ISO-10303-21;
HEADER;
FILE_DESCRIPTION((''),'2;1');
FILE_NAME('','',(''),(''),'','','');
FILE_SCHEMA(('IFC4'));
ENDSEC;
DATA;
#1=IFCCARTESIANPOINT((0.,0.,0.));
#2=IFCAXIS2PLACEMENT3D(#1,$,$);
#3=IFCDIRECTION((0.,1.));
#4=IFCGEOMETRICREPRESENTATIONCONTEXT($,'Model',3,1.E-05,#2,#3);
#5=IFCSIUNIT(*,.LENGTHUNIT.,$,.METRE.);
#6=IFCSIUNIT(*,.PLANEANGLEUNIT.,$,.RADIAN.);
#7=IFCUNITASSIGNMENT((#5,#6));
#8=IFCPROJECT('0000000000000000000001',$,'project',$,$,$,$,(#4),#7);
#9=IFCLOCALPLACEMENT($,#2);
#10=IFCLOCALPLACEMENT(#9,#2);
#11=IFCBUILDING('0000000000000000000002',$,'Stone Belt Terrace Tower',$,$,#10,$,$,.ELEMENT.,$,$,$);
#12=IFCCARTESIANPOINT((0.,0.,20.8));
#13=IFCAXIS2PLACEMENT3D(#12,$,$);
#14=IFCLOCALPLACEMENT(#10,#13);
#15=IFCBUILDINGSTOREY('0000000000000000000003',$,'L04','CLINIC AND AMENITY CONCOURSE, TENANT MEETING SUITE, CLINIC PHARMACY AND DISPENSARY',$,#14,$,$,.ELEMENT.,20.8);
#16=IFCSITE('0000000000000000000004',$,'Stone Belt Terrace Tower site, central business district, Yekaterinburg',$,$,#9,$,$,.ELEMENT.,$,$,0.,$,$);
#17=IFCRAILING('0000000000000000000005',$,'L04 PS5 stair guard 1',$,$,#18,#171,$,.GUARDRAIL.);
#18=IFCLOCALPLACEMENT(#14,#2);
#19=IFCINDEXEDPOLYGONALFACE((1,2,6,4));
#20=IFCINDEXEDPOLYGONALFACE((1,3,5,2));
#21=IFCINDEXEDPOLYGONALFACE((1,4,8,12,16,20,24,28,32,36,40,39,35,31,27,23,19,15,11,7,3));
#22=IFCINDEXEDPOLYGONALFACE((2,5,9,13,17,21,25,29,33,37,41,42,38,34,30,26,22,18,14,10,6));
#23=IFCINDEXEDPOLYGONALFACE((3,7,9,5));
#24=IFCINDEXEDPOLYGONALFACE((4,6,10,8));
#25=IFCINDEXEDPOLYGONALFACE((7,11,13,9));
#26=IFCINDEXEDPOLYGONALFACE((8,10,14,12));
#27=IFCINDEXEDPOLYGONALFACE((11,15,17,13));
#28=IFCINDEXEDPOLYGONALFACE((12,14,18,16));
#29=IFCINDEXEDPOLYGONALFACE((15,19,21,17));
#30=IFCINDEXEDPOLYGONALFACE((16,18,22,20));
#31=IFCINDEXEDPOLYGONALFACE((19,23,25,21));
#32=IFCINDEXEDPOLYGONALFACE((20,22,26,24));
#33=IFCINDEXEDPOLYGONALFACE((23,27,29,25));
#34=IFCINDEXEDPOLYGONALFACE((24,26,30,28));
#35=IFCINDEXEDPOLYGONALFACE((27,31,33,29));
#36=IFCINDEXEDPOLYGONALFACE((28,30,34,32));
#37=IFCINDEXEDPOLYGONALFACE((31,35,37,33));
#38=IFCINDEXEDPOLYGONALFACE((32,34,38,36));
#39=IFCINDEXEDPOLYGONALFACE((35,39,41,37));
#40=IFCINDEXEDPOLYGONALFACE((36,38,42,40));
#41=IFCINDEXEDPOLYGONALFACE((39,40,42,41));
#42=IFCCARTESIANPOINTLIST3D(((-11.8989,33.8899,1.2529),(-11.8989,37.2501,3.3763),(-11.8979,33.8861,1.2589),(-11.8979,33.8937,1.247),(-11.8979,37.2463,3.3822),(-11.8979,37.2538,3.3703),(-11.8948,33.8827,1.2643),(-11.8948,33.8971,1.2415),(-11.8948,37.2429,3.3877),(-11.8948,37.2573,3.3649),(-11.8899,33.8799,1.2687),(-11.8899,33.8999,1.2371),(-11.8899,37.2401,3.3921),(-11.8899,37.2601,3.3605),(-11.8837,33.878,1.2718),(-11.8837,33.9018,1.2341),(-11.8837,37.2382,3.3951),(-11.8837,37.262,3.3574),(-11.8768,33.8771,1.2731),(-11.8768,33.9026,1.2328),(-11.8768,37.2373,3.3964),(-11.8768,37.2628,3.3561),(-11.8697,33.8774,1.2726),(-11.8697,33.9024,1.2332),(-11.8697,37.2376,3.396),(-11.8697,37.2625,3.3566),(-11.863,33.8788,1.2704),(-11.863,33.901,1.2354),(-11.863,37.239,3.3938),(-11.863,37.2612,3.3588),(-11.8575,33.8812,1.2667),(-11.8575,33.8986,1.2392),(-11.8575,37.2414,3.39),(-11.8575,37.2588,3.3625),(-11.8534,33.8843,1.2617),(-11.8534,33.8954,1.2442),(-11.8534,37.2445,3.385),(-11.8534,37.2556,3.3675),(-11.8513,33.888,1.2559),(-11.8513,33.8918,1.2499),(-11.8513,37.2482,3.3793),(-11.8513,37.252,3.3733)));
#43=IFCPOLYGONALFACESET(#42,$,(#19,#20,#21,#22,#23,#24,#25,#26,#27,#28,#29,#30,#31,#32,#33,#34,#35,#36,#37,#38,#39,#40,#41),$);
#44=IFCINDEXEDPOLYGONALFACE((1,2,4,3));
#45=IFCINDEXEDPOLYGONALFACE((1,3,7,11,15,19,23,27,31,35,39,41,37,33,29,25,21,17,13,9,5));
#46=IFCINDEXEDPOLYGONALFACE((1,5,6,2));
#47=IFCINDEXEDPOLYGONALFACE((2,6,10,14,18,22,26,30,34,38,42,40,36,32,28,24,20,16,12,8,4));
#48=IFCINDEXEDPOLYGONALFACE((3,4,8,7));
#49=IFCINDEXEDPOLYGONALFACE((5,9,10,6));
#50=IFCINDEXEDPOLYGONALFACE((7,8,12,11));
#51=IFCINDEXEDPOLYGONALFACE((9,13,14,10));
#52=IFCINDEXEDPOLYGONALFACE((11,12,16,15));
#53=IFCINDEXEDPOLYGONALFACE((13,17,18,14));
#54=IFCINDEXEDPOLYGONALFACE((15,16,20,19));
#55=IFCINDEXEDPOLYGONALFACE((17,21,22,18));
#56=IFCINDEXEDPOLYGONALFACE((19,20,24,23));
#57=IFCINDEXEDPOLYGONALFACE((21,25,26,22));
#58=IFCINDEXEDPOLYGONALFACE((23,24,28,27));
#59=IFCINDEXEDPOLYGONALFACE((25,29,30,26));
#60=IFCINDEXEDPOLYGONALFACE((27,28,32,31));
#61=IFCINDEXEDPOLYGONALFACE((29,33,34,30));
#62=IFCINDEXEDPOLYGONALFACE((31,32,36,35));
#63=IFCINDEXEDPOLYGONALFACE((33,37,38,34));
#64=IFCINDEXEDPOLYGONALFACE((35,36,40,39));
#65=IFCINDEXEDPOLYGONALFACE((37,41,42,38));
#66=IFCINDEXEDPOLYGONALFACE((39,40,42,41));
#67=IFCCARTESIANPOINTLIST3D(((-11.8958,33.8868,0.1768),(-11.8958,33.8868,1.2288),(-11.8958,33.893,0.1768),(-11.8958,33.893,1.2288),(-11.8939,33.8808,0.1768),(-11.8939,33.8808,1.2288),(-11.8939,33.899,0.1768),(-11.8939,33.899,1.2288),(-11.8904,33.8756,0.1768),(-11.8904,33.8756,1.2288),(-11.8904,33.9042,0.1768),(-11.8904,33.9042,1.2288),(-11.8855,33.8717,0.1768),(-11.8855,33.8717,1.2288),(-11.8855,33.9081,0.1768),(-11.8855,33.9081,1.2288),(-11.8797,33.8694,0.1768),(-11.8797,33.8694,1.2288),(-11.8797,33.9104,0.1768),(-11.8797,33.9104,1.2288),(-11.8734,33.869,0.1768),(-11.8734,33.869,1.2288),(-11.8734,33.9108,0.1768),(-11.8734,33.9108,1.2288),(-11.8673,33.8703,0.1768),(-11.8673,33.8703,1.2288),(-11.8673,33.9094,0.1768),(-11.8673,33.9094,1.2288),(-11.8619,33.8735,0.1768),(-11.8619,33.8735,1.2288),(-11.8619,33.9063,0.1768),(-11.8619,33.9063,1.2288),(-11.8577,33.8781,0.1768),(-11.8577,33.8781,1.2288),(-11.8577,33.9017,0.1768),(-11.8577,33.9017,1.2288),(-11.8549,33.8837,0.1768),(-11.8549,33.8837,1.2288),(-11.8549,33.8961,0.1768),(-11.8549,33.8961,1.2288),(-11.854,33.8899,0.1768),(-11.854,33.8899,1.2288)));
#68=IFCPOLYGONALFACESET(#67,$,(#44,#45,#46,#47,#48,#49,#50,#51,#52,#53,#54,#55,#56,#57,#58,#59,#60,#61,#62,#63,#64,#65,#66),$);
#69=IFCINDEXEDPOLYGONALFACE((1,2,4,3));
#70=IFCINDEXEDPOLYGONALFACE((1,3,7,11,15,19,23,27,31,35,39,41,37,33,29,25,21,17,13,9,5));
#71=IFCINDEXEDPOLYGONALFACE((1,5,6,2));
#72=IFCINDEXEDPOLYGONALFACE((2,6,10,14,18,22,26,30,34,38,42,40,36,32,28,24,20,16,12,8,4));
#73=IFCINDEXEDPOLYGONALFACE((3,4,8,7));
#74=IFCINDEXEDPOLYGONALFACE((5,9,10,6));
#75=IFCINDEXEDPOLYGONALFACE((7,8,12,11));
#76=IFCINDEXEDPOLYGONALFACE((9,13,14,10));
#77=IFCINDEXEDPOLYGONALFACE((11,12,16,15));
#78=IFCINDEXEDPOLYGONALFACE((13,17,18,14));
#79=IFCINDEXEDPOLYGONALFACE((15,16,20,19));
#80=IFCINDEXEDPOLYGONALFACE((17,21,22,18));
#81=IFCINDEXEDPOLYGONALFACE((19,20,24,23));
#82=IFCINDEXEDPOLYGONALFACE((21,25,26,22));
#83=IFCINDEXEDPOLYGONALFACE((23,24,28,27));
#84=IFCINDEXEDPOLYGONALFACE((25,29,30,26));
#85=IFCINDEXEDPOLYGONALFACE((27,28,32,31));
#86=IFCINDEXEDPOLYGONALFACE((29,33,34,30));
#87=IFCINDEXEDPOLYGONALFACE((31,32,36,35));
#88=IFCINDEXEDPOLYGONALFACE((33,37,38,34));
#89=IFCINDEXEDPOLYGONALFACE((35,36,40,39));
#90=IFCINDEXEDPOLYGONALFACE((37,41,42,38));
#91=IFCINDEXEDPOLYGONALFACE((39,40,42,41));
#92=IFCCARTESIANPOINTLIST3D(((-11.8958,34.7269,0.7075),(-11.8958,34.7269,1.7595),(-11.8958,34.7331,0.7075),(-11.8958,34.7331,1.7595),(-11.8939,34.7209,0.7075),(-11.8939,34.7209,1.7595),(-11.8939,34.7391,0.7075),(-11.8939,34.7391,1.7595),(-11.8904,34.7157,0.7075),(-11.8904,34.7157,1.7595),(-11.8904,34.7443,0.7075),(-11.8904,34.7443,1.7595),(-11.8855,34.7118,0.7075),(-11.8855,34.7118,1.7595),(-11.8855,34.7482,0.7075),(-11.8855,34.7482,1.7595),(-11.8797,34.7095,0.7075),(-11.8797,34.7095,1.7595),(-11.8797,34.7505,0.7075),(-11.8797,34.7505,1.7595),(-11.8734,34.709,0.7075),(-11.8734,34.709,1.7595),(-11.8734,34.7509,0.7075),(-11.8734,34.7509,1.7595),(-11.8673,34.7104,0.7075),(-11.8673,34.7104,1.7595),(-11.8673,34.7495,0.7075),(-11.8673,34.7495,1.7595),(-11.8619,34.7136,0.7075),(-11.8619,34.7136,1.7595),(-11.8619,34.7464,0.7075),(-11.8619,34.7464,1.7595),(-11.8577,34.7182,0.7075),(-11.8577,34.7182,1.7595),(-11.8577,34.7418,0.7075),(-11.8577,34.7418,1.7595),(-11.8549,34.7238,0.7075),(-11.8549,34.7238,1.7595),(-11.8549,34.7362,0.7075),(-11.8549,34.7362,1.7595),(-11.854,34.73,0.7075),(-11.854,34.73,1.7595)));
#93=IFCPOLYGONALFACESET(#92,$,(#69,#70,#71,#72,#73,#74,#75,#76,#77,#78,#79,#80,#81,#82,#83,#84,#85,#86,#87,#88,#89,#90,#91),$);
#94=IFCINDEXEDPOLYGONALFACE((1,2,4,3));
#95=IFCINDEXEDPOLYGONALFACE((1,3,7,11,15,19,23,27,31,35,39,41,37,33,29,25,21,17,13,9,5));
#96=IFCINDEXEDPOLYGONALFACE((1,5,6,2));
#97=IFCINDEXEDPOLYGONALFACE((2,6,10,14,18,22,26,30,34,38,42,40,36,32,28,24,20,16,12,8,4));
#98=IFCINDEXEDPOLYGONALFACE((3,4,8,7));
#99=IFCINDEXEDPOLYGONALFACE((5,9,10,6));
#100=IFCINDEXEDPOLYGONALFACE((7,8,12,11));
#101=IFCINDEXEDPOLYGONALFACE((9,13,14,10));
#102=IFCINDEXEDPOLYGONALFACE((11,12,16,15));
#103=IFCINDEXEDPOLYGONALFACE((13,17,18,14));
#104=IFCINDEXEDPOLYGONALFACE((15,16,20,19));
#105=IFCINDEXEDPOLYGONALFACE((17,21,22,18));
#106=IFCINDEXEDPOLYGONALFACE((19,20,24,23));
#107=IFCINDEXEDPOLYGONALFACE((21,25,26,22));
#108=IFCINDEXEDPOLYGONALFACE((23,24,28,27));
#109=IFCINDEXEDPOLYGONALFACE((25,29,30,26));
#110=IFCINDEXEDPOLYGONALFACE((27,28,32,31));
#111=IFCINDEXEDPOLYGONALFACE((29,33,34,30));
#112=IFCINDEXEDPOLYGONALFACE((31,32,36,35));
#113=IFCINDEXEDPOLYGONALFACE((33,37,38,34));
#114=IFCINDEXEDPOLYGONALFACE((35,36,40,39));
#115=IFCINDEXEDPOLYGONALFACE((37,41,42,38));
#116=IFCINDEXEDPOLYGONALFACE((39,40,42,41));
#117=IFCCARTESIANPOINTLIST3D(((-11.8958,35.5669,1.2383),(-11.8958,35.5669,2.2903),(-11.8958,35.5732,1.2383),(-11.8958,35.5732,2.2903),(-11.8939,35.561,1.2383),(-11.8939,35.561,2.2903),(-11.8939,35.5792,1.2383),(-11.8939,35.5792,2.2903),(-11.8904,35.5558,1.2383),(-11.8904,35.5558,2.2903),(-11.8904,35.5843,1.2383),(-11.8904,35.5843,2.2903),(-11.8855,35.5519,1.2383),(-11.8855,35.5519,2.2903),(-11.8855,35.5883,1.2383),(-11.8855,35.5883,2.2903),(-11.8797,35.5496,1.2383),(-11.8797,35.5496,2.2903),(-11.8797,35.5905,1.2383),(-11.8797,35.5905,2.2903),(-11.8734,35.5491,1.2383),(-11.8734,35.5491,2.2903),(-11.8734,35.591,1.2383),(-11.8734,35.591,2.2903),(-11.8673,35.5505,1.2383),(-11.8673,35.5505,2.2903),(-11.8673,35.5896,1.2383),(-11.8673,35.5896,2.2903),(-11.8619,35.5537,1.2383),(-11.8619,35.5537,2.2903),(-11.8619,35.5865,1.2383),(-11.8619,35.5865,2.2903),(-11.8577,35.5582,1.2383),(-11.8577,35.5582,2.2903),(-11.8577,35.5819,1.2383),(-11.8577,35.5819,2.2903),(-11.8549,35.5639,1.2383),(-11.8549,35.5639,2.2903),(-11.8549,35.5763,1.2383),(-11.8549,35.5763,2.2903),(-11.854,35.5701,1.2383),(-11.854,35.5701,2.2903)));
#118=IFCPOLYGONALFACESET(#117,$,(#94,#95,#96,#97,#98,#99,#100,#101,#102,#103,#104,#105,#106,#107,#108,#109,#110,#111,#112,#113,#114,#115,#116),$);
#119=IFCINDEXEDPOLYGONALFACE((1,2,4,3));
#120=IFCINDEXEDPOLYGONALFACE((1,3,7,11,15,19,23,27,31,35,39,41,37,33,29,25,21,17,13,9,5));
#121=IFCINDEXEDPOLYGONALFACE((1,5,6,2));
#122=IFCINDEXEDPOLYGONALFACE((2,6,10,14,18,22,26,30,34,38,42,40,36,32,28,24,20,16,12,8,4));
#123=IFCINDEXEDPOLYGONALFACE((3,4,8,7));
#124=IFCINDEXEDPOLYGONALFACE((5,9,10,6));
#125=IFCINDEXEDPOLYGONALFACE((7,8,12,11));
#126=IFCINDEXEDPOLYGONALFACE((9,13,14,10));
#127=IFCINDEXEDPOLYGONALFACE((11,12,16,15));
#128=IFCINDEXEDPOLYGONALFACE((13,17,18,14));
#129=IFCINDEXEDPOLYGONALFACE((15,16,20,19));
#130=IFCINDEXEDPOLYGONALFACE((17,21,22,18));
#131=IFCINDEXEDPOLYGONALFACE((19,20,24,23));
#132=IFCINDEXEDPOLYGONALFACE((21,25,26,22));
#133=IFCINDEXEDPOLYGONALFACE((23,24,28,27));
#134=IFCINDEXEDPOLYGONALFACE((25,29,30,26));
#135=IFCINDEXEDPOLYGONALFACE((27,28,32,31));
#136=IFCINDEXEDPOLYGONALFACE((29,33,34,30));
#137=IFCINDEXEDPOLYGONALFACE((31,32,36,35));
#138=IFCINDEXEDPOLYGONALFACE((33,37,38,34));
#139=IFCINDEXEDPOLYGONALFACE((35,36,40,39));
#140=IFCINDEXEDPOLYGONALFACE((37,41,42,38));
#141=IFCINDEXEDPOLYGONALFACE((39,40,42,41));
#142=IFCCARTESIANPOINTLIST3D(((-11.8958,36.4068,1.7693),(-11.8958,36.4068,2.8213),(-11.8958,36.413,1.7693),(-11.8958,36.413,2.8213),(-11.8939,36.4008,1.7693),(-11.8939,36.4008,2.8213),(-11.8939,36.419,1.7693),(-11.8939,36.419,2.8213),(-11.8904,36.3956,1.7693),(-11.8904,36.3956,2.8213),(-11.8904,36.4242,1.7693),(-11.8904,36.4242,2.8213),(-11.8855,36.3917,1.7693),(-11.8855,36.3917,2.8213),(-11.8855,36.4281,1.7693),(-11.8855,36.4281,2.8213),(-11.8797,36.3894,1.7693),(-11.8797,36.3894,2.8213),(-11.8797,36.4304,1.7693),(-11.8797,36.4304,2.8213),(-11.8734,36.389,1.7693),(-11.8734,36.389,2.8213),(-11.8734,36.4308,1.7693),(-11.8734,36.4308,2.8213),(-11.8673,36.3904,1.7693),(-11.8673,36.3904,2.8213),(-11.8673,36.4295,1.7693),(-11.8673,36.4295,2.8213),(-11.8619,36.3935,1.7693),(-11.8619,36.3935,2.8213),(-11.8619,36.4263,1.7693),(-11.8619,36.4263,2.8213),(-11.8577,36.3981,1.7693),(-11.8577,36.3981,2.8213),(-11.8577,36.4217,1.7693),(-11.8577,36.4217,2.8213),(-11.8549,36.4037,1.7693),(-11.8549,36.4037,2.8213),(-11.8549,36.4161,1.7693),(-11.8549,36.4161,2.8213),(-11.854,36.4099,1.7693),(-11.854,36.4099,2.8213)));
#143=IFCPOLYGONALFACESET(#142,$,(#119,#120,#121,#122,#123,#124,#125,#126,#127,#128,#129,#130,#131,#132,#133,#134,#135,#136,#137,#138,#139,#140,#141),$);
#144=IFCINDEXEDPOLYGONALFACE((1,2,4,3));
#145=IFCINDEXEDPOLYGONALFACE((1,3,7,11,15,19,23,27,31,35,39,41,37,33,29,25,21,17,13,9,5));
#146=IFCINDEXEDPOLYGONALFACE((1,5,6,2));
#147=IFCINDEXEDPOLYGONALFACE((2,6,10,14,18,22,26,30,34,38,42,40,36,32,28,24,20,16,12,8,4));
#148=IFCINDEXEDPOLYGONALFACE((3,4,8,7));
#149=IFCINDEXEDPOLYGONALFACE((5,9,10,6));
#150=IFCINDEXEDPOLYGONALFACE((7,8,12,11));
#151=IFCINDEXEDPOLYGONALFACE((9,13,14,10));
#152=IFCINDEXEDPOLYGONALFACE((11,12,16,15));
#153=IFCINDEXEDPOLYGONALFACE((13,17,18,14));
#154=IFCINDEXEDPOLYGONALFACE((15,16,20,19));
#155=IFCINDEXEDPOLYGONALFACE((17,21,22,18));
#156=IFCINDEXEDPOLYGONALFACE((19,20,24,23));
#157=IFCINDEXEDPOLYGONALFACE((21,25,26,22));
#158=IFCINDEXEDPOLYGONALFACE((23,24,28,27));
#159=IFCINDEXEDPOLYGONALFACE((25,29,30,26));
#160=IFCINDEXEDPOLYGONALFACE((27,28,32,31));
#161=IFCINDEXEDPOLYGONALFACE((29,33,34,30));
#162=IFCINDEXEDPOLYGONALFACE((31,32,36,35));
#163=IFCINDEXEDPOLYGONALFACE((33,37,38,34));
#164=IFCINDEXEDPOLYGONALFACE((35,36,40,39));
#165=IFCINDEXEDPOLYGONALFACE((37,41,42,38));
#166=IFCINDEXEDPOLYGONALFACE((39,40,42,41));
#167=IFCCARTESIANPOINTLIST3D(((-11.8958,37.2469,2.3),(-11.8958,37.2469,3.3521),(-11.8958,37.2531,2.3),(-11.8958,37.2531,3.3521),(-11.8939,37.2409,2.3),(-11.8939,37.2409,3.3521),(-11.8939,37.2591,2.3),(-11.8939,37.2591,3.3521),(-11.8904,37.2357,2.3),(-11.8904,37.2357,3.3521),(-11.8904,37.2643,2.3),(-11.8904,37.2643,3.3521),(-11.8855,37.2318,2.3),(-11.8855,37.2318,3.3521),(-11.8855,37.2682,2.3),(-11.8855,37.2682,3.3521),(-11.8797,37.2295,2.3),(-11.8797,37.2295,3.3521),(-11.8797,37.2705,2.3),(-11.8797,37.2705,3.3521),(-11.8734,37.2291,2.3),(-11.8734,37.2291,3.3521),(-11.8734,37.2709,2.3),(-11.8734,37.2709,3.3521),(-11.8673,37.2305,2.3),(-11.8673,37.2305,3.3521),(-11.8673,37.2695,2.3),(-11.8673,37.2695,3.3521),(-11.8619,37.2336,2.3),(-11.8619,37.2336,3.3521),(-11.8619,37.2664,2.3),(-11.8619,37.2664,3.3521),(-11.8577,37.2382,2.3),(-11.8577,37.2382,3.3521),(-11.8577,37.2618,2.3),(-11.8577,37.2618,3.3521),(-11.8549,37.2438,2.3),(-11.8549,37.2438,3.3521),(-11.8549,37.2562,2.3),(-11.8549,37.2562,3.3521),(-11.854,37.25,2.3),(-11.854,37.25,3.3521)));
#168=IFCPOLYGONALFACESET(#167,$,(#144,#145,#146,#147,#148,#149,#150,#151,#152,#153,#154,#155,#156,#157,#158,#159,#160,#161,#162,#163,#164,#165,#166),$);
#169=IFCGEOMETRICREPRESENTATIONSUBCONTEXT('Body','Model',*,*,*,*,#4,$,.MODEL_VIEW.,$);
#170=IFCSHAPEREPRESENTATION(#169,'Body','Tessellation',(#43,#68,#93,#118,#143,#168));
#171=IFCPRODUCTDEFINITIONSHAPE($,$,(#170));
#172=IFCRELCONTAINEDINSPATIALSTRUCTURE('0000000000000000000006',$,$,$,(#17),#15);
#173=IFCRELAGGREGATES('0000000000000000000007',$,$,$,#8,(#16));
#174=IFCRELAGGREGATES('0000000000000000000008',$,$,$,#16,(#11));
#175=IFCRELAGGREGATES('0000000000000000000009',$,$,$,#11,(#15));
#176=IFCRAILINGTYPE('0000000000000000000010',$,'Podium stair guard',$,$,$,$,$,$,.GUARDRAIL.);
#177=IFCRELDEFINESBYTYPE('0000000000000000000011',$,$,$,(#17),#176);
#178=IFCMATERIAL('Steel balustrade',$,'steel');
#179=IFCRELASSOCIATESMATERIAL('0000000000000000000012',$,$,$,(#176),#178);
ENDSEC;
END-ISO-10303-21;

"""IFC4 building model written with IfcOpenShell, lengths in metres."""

from ifc_helpers import new_model, si_unit, direction, frame, origin, origin_2d, place, context, subcontext, project, spatial, circle, extrude, material, type_object, element, save


model = new_model("IFC4")

# Units and contexts
model_context = context("Model", 3, precision=1e-05, world=origin(), true_north=direction((0.0, 1.0)))
body_context = subcontext(model_context, "Body", "Model", "MODEL_VIEW")
ifc_project = project(units=[si_unit("LENGTHUNIT", "METRE"), si_unit("PLANEANGLEUNIT", "RADIAN")], contexts=[model_context])

# Site, building, storey
site_placement = place(None, origin())
site = spatial("IfcSite", under=ifc_project, at=site_placement, Name="Stone Belt Terrace Tower site, central business district, Yekaterinburg", CompositionType="ELEMENT", RefElevation=0.0)
building_placement = place(site_placement, origin())
building = spatial("IfcBuilding", under=site, at=building_placement, Name="Stone Belt Terrace Tower", CompositionType="ELEMENT")
storey_placement = place(building_placement, frame((0.0, 0.0, 20.8)))
storey = spatial("IfcBuildingStorey", under=building, at=storey_placement, Name="L04", Description="CLINIC AND AMENITY CONCOURSE, TENANT MEETING SUITE, CLINIC PHARMACY AND DISPENSARY", CompositionType="ELEMENT", Elevation=20.8)

# Railing
ifc_material_1 = material(Name="Steel balustrade", Category="steel")
railing_type_1 = type_object("IfcRailingType", Name="Podium stair guard", PredefinedType="GUARDRAIL", material=ifc_material_1)
railing_1_placement = place(storey_placement, frame((-11.875, 33.8899, 0.1768)))
element("IfcRailing", 1, at=railing_1_placement, inside=storey, type_object=railing_type_1, Name="L04 PS5 stair guard 1", PredefinedType="GUARDRAIL", context=body_context, shape_type="SweptSolid", body=[
    extrude(circle(Radius=0.0239, at=origin_2d()), frame((0.0, 0.0, 1.0762), z_axis=(0.0, 0.845362, 0.534194), x_axis=(-1.0, 0.0, 0.0)), (0.0, 0.0, 1.0), 3.9749),
    extrude(circle(Radius=0.021, at=origin_2d()), origin(), (0.0, 0.0, 1.0), 1.052),
    extrude(circle(Radius=0.021, at=origin_2d()), frame((0.0, 0.8401, 0.5308)), (0.0, 0.0, 1.0), 1.052),
    extrude(circle(Radius=0.021, at=origin_2d()), frame((0.0, 1.6802, 1.0615)), (0.0, 0.0, 1.0), 1.052),
    extrude(circle(Radius=0.021, at=origin_2d()), frame((0.0, 2.52, 1.5925)), (0.0, 0.0, 1.0), 1.052),
    extrude(circle(Radius=0.021, at=origin_2d()), frame((0.0, 3.3601, 2.1233)), (0.0, 0.0, 1.0), 1.052),
])

save(model, "model.ifc")
